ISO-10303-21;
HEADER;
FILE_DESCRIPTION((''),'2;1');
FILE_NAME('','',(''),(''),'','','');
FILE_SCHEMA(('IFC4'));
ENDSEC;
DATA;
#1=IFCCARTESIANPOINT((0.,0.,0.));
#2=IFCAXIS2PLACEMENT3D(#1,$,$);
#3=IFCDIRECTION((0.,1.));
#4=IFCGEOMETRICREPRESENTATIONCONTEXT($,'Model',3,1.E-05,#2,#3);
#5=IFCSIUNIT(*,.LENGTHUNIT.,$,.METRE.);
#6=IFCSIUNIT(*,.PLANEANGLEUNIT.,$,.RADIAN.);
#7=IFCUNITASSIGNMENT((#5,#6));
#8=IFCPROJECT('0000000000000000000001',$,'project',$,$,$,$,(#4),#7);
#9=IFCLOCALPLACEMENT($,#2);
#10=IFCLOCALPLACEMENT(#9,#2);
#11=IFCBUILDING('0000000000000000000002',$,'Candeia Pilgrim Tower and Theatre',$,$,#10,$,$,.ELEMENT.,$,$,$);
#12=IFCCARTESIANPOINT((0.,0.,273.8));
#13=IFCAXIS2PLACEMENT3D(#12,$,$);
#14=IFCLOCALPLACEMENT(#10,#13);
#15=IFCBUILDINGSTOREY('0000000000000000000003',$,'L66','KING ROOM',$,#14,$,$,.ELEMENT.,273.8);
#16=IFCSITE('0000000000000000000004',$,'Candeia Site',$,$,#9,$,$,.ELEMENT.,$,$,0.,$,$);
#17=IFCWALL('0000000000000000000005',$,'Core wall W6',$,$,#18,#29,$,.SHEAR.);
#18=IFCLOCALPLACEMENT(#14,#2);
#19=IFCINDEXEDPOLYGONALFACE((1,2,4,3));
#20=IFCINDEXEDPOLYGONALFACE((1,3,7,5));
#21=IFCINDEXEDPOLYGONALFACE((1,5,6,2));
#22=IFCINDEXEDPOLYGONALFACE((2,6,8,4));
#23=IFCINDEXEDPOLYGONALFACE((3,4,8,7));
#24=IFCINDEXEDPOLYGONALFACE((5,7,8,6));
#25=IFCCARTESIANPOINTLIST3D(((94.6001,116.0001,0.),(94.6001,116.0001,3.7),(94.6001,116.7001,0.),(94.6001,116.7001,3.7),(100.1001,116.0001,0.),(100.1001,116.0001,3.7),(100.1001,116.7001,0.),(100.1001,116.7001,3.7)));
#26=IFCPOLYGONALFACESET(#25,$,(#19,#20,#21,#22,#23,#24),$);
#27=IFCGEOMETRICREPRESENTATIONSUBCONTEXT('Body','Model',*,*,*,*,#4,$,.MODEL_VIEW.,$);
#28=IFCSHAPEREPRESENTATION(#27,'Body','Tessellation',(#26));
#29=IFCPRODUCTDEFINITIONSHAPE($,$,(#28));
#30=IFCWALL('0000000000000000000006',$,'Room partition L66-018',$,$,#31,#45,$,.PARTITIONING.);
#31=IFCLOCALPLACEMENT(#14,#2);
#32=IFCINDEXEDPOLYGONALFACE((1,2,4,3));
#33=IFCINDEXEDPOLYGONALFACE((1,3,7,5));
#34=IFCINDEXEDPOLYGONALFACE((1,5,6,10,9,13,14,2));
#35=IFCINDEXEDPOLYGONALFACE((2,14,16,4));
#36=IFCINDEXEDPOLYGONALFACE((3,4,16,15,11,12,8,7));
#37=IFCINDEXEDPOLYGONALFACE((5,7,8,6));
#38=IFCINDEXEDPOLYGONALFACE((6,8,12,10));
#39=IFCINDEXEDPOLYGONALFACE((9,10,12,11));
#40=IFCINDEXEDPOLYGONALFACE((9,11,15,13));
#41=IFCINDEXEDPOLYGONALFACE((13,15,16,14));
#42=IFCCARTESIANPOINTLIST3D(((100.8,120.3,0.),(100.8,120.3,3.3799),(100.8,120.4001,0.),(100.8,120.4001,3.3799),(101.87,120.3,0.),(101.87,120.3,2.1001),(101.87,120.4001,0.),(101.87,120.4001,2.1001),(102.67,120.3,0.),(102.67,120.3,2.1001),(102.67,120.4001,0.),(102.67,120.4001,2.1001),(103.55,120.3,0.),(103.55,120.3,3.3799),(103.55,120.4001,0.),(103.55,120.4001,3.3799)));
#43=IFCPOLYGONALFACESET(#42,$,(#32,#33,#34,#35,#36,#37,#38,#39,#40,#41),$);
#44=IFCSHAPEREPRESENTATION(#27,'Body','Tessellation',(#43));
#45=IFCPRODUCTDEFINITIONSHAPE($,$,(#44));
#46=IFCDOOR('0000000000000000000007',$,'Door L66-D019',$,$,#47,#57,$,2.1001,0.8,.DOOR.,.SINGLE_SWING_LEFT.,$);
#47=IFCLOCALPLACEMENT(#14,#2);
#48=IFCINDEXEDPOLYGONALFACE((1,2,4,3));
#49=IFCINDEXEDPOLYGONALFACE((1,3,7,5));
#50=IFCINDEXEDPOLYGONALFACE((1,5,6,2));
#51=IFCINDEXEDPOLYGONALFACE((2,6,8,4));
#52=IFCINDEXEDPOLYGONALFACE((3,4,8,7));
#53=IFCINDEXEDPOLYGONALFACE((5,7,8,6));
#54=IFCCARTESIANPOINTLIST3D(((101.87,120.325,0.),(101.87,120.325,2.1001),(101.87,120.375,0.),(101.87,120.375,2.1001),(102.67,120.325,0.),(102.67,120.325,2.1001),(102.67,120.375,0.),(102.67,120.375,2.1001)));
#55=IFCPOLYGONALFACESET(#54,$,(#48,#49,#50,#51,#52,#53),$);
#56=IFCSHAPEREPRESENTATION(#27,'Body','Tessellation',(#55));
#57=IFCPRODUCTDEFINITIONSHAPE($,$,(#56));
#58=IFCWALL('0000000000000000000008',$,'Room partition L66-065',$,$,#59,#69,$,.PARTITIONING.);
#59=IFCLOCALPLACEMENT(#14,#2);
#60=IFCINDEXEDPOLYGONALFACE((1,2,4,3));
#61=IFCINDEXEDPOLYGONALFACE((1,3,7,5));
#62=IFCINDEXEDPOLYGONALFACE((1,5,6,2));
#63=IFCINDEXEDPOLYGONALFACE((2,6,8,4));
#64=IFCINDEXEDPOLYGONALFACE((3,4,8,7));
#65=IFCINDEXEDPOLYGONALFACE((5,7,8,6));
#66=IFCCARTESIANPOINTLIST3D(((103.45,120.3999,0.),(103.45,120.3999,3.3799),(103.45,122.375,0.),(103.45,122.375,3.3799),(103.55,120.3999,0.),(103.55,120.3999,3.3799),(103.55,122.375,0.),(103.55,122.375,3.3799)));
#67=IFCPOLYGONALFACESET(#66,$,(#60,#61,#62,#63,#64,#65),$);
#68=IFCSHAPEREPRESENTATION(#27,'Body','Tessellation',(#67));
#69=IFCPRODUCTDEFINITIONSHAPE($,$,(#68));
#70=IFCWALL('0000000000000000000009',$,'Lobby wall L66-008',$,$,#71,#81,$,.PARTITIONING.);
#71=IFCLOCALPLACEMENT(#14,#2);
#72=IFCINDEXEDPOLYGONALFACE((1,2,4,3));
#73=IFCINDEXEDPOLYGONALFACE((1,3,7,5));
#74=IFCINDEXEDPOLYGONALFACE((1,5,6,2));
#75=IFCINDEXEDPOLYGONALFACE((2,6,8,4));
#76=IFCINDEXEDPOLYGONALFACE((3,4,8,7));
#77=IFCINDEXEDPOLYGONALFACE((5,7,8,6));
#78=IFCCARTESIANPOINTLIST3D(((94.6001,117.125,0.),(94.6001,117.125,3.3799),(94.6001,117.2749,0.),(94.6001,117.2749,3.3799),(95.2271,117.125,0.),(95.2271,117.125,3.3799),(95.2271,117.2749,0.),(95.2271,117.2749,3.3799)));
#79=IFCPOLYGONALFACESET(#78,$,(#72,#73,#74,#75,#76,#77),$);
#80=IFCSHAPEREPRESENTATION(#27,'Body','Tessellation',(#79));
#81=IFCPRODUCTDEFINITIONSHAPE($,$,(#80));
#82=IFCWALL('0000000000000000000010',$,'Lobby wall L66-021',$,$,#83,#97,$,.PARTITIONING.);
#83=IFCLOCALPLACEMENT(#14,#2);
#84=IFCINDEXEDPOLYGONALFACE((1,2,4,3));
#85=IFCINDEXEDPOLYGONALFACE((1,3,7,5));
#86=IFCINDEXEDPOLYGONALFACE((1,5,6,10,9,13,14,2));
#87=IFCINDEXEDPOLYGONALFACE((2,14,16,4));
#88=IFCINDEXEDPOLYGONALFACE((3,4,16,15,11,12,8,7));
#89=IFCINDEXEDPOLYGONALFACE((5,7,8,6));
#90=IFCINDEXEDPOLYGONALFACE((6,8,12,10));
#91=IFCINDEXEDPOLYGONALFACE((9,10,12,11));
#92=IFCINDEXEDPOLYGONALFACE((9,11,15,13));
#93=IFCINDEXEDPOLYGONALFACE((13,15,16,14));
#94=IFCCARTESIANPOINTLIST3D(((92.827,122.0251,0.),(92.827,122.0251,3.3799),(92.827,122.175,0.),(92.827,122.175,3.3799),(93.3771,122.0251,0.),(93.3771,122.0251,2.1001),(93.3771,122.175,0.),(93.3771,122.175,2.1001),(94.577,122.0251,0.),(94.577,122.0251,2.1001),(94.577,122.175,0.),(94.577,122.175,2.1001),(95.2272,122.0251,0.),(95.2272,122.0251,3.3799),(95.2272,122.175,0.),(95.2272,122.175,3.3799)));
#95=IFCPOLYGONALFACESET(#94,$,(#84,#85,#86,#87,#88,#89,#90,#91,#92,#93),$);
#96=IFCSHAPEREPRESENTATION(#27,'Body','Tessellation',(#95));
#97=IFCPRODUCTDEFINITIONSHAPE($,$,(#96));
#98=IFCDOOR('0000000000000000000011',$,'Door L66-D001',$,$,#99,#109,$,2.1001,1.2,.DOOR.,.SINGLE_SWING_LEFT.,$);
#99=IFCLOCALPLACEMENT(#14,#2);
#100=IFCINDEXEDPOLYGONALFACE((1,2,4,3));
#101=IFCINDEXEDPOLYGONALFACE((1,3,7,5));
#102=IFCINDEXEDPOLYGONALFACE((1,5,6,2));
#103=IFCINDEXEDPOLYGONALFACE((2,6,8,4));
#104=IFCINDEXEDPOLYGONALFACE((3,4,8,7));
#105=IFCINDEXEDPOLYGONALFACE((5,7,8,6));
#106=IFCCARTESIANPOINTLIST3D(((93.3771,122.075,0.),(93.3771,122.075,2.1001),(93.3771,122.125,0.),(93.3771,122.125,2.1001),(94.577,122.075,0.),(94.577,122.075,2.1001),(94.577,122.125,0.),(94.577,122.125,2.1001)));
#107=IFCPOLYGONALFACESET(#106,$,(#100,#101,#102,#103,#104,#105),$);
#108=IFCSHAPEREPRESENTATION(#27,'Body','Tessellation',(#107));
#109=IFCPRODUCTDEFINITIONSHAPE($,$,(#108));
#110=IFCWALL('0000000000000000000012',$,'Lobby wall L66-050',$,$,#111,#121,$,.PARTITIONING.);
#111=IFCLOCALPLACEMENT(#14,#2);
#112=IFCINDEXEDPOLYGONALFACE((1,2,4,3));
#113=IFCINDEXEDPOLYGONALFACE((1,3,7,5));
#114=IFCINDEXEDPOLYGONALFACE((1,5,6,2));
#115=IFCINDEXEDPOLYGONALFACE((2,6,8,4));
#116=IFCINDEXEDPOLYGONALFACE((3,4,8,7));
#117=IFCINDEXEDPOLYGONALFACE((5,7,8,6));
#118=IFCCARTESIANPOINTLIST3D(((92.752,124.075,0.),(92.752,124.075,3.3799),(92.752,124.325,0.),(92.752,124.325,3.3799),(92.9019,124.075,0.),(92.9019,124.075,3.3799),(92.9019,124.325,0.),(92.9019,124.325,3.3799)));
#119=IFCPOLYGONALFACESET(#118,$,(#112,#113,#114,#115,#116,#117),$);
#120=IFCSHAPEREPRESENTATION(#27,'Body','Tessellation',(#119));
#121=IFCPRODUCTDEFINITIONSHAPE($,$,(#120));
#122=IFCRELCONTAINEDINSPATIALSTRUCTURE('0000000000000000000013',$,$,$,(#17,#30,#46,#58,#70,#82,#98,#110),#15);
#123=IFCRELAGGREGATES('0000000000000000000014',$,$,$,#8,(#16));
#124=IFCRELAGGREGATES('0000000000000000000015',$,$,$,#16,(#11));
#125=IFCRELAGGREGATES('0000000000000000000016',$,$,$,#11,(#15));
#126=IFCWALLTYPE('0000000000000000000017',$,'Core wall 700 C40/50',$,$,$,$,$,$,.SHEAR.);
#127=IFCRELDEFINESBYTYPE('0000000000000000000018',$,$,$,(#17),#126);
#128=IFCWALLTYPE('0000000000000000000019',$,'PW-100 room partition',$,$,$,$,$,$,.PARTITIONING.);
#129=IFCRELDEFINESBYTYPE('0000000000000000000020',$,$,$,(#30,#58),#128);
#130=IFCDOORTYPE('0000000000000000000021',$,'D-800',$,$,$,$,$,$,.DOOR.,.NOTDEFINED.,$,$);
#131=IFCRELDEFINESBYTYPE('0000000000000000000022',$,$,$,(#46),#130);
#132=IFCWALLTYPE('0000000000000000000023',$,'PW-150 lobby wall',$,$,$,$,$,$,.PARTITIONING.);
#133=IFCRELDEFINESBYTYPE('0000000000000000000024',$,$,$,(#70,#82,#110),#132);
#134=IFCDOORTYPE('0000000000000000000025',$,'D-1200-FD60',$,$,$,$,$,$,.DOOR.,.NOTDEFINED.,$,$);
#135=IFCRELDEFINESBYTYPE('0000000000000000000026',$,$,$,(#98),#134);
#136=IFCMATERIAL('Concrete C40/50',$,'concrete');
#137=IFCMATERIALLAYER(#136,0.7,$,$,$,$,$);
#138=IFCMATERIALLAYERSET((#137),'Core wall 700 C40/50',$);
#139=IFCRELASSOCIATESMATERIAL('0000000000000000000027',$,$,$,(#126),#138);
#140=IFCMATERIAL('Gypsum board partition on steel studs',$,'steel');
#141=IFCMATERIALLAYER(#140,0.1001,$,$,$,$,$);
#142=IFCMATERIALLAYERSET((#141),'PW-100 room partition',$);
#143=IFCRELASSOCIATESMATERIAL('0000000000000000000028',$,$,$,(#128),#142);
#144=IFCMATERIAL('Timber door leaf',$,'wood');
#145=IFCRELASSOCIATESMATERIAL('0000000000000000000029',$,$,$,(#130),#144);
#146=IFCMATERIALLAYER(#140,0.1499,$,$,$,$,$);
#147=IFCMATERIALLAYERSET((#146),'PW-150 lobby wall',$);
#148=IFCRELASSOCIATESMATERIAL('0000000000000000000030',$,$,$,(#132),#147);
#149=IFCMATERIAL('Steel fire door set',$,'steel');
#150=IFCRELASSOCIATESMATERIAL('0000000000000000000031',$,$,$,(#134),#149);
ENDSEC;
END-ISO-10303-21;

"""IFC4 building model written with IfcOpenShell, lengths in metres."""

from ifc_helpers import new_model, si_unit, direction, frame, frame_2d, origin, place, context, subcontext, project, spatial, rectangle, extrude, material, layer, layer_set, type_object, element, fill, save


model = new_model("IFC4")

# Units and contexts
model_context = context("Model", 3, precision=1e-05, world=origin(), true_north=direction((0.0, 1.0)))
body_context = subcontext(model_context, "Body", "Model", "MODEL_VIEW")
ifc_project = project(units=[si_unit("LENGTHUNIT", "METRE"), si_unit("PLANEANGLEUNIT", "RADIAN")], contexts=[model_context])

# Site, building, storey
site_placement = place(None, origin())
site = spatial("IfcSite", under=ifc_project, at=site_placement, Name="Candeia Site", CompositionType="ELEMENT", RefElevation=0.0)
building_placement = place(site_placement, origin())
building = spatial("IfcBuilding", under=site, at=building_placement, Name="Candeia Pilgrim Tower and Theatre", CompositionType="ELEMENT")
storey_placement = place(building_placement, frame((0.0, 0.0, 273.8)))
storey = spatial("IfcBuildingStorey", under=building, at=storey_placement, Name="L66", Description="KING ROOM", CompositionType="ELEMENT", Elevation=273.8)

# Wall
ifc_material_1 = material(Name="Concrete C40/50", Category="concrete")
ifc_layer_1 = layer(ifc_material_1, 0.7)
ifc_layer_set_1 = layer_set([ifc_layer_1], Name="Core wall 700 C40/50")
wall_type_1 = type_object("IfcWallType", Name="Core wall 700 C40/50", PredefinedType="SHEAR", material=ifc_layer_set_1)
wall_1_placement = place(storey_placement, frame((94.6001, 116.3501, 0.0), z_axis=(0.0, 0.0, 1.0), x_axis=(1.0, 0.0, 0.0)))
element("IfcWall", 1, at=wall_1_placement, inside=storey, type_object=wall_type_1, Name="Core wall W6", PredefinedType="SHEAR", context=body_context, shape_type="SweptSolid", body=[
    extrude(rectangle(XDim=5.5, YDim=0.7, at=frame_2d((2.75, 0.0))), origin(), (0.0, 0.0, 1.0), 3.7),
])

# Wall, opening, door
ifc_material_2 = material(Name="Gypsum board partition on steel studs", Category="steel")
ifc_layer_2 = layer(ifc_material_2, 0.1001)
ifc_layer_set_2 = layer_set([ifc_layer_2], Name="PW-100 room partition")
wall_type_2 = type_object("IfcWallType", Name="PW-100 room partition", PredefinedType="PARTITIONING", material=ifc_layer_set_2)
wall_2_placement = place(storey_placement, frame((100.8, 120.3501, 0.0), z_axis=(0.0, 0.0, 1.0), x_axis=(1.0, 0.0, 0.0)))
wall_2 = element("IfcWall", 2, at=wall_2_placement, inside=storey, type_object=wall_type_2, Name="Room partition L66-018", PredefinedType="PARTITIONING", context=body_context, shape_type="SweptSolid", body=[
    extrude(rectangle(XDim=2.75, YDim=0.1001, at=frame_2d((1.375, 0.0))), origin(), (0.0, 0.0, 1.0), 3.3799),
])
opening_1_placement = place(wall_2_placement, frame((1.0701, 0.0, 0.0)))
opening_1 = element("IfcOpeningElement", 3, at=opening_1_placement, cuts=wall_2, PredefinedType="OPENING", context=body_context, shape_type="SweptSolid", body=[
    extrude(rectangle(XDim=0.8, YDim=2.1001, at=frame_2d((0.3999, 1.05))), frame((0.0, 0.0601, 0.0), z_axis=(0.0, -1.0, 0.0), x_axis=(1.0, 0.0, 0.0)), (0.0, 0.0, 1.0), 0.1201),
])
ifc_material_3 = material(Name="Timber door leaf", Category="wood")
door_type_1 = type_object("IfcDoorType", Name="D-800", OperationType="NOTDEFINED", PredefinedType="DOOR", material=ifc_material_3)
door_1_placement = place(opening_1_placement, origin())
door_1 = element("IfcDoor", 4, at=door_1_placement, inside=storey, type_object=door_type_1, Name="Door L66-D019", OperationType="SINGLE_SWING_LEFT", OverallHeight=2.1001, OverallWidth=0.8, PredefinedType="DOOR", context=body_context, shape_type="SweptSolid", body=[
    extrude(rectangle(XDim=0.8, YDim=2.1001, at=frame_2d((0.3999, 1.05))), frame((0.0, 0.0249, 0.0), z_axis=(0.0, -1.0, 0.0), x_axis=(1.0, 0.0, 0.0)), (0.0, 0.0, 1.0), 0.05),
])
fill(opening_1, door_1)

# Walls
wall_3_placement = place(storey_placement, frame((103.5, 120.3999, 0.0), z_axis=(0.0, 0.0, 1.0), x_axis=(0.0, 1.0, 0.0)))
element("IfcWall", 5, at=wall_3_placement, inside=storey, type_object=wall_type_2, Name="Room partition L66-065", PredefinedType="PARTITIONING", context=body_context, shape_type="SweptSolid", body=[
    extrude(rectangle(XDim=1.9751, YDim=0.1001, at=frame_2d((0.9875, 0.0))), origin(), (0.0, 0.0, 1.0), 3.3799),
])
ifc_layer_3 = layer(ifc_material_2, 0.1499)
ifc_layer_set_3 = layer_set([ifc_layer_3], Name="PW-150 lobby wall")
wall_type_3 = type_object("IfcWallType", Name="PW-150 lobby wall", PredefinedType="PARTITIONING", material=ifc_layer_set_3)
wall_4_placement = place(storey_placement, frame((94.6001, 117.2, 0.0), z_axis=(0.0, 0.0, 1.0), x_axis=(1.0, 0.0, 0.0)))
element("IfcWall", 6, at=wall_4_placement, inside=storey, type_object=wall_type_3, Name="Lobby wall L66-008", PredefinedType="PARTITIONING", context=body_context, shape_type="SweptSolid", body=[
    extrude(rectangle(XDim=0.627, YDim=0.1499, at=frame_2d((0.3135, 0.0))), origin(), (0.0, 0.0, 1.0), 3.3799),
])

# Wall, opening, door
wall_5_placement = place(storey_placement, frame((92.8269, 122.1001, 0.0), z_axis=(0.0, 0.0, 1.0), x_axis=(1.0, 0.0, 0.0)))
wall_5 = element("IfcWall", 7, at=wall_5_placement, inside=storey, type_object=wall_type_3, Name="Lobby wall L66-021", PredefinedType="PARTITIONING", context=body_context, shape_type="SweptSolid", body=[
    extrude(rectangle(XDim=2.4001, YDim=0.1499, at=frame_2d((1.2002, 0.0))), origin(), (0.0, 0.0, 1.0), 3.3799),
])
opening_2_placement = place(wall_5_placement, frame((0.55, 0.0, 0.0)))
opening_2 = element("IfcOpeningElement", 8, at=opening_2_placement, cuts=wall_5, PredefinedType="OPENING", context=body_context, shape_type="SweptSolid", body=[
    extrude(rectangle(XDim=1.2, YDim=2.1001, at=frame_2d((0.6001, 1.05))), frame((0.0, 0.085, 0.0), z_axis=(0.0, -1.0, 0.0), x_axis=(1.0, 0.0, 0.0)), (0.0, 0.0, 1.0), 0.1699),
])
ifc_material_4 = material(Name="Steel fire door set", Category="steel")
door_type_2 = type_object("IfcDoorType", Name="D-1200-FD60", OperationType="NOTDEFINED", PredefinedType="DOOR", material=ifc_material_4)
door_2_placement = place(opening_2_placement, origin())
door_2 = element("IfcDoor", 9, at=door_2_placement, inside=storey, type_object=door_type_2, Name="Door L66-D001", OperationType="SINGLE_SWING_LEFT", OverallHeight=2.1001, OverallWidth=1.2, PredefinedType="DOOR", context=body_context, shape_type="SweptSolid", body=[
    extrude(rectangle(XDim=1.2, YDim=2.1001, at=frame_2d((0.6001, 1.05))), frame((0.0, 0.0249, 0.0), z_axis=(0.0, -1.0, 0.0), x_axis=(1.0, 0.0, 0.0)), (0.0, 0.0, 1.0), 0.05),
])
fill(opening_2, door_2)

# Wall
wall_6_placement = place(storey_placement, frame((92.8269, 124.075, 0.0), z_axis=(0.0, 0.0, 1.0), x_axis=(0.0, 1.0, 0.0)))
element("IfcWall", 10, at=wall_6_placement, inside=storey, type_object=wall_type_3, Name="Lobby wall L66-050", PredefinedType="PARTITIONING", context=body_context, shape_type="SweptSolid", body=[
    extrude(rectangle(XDim=0.25, YDim=0.1499, at=frame_2d((0.125, 0.0))), origin(), (0.0, 0.0, 1.0), 3.3799),
])

save(model, "model.ifc")
